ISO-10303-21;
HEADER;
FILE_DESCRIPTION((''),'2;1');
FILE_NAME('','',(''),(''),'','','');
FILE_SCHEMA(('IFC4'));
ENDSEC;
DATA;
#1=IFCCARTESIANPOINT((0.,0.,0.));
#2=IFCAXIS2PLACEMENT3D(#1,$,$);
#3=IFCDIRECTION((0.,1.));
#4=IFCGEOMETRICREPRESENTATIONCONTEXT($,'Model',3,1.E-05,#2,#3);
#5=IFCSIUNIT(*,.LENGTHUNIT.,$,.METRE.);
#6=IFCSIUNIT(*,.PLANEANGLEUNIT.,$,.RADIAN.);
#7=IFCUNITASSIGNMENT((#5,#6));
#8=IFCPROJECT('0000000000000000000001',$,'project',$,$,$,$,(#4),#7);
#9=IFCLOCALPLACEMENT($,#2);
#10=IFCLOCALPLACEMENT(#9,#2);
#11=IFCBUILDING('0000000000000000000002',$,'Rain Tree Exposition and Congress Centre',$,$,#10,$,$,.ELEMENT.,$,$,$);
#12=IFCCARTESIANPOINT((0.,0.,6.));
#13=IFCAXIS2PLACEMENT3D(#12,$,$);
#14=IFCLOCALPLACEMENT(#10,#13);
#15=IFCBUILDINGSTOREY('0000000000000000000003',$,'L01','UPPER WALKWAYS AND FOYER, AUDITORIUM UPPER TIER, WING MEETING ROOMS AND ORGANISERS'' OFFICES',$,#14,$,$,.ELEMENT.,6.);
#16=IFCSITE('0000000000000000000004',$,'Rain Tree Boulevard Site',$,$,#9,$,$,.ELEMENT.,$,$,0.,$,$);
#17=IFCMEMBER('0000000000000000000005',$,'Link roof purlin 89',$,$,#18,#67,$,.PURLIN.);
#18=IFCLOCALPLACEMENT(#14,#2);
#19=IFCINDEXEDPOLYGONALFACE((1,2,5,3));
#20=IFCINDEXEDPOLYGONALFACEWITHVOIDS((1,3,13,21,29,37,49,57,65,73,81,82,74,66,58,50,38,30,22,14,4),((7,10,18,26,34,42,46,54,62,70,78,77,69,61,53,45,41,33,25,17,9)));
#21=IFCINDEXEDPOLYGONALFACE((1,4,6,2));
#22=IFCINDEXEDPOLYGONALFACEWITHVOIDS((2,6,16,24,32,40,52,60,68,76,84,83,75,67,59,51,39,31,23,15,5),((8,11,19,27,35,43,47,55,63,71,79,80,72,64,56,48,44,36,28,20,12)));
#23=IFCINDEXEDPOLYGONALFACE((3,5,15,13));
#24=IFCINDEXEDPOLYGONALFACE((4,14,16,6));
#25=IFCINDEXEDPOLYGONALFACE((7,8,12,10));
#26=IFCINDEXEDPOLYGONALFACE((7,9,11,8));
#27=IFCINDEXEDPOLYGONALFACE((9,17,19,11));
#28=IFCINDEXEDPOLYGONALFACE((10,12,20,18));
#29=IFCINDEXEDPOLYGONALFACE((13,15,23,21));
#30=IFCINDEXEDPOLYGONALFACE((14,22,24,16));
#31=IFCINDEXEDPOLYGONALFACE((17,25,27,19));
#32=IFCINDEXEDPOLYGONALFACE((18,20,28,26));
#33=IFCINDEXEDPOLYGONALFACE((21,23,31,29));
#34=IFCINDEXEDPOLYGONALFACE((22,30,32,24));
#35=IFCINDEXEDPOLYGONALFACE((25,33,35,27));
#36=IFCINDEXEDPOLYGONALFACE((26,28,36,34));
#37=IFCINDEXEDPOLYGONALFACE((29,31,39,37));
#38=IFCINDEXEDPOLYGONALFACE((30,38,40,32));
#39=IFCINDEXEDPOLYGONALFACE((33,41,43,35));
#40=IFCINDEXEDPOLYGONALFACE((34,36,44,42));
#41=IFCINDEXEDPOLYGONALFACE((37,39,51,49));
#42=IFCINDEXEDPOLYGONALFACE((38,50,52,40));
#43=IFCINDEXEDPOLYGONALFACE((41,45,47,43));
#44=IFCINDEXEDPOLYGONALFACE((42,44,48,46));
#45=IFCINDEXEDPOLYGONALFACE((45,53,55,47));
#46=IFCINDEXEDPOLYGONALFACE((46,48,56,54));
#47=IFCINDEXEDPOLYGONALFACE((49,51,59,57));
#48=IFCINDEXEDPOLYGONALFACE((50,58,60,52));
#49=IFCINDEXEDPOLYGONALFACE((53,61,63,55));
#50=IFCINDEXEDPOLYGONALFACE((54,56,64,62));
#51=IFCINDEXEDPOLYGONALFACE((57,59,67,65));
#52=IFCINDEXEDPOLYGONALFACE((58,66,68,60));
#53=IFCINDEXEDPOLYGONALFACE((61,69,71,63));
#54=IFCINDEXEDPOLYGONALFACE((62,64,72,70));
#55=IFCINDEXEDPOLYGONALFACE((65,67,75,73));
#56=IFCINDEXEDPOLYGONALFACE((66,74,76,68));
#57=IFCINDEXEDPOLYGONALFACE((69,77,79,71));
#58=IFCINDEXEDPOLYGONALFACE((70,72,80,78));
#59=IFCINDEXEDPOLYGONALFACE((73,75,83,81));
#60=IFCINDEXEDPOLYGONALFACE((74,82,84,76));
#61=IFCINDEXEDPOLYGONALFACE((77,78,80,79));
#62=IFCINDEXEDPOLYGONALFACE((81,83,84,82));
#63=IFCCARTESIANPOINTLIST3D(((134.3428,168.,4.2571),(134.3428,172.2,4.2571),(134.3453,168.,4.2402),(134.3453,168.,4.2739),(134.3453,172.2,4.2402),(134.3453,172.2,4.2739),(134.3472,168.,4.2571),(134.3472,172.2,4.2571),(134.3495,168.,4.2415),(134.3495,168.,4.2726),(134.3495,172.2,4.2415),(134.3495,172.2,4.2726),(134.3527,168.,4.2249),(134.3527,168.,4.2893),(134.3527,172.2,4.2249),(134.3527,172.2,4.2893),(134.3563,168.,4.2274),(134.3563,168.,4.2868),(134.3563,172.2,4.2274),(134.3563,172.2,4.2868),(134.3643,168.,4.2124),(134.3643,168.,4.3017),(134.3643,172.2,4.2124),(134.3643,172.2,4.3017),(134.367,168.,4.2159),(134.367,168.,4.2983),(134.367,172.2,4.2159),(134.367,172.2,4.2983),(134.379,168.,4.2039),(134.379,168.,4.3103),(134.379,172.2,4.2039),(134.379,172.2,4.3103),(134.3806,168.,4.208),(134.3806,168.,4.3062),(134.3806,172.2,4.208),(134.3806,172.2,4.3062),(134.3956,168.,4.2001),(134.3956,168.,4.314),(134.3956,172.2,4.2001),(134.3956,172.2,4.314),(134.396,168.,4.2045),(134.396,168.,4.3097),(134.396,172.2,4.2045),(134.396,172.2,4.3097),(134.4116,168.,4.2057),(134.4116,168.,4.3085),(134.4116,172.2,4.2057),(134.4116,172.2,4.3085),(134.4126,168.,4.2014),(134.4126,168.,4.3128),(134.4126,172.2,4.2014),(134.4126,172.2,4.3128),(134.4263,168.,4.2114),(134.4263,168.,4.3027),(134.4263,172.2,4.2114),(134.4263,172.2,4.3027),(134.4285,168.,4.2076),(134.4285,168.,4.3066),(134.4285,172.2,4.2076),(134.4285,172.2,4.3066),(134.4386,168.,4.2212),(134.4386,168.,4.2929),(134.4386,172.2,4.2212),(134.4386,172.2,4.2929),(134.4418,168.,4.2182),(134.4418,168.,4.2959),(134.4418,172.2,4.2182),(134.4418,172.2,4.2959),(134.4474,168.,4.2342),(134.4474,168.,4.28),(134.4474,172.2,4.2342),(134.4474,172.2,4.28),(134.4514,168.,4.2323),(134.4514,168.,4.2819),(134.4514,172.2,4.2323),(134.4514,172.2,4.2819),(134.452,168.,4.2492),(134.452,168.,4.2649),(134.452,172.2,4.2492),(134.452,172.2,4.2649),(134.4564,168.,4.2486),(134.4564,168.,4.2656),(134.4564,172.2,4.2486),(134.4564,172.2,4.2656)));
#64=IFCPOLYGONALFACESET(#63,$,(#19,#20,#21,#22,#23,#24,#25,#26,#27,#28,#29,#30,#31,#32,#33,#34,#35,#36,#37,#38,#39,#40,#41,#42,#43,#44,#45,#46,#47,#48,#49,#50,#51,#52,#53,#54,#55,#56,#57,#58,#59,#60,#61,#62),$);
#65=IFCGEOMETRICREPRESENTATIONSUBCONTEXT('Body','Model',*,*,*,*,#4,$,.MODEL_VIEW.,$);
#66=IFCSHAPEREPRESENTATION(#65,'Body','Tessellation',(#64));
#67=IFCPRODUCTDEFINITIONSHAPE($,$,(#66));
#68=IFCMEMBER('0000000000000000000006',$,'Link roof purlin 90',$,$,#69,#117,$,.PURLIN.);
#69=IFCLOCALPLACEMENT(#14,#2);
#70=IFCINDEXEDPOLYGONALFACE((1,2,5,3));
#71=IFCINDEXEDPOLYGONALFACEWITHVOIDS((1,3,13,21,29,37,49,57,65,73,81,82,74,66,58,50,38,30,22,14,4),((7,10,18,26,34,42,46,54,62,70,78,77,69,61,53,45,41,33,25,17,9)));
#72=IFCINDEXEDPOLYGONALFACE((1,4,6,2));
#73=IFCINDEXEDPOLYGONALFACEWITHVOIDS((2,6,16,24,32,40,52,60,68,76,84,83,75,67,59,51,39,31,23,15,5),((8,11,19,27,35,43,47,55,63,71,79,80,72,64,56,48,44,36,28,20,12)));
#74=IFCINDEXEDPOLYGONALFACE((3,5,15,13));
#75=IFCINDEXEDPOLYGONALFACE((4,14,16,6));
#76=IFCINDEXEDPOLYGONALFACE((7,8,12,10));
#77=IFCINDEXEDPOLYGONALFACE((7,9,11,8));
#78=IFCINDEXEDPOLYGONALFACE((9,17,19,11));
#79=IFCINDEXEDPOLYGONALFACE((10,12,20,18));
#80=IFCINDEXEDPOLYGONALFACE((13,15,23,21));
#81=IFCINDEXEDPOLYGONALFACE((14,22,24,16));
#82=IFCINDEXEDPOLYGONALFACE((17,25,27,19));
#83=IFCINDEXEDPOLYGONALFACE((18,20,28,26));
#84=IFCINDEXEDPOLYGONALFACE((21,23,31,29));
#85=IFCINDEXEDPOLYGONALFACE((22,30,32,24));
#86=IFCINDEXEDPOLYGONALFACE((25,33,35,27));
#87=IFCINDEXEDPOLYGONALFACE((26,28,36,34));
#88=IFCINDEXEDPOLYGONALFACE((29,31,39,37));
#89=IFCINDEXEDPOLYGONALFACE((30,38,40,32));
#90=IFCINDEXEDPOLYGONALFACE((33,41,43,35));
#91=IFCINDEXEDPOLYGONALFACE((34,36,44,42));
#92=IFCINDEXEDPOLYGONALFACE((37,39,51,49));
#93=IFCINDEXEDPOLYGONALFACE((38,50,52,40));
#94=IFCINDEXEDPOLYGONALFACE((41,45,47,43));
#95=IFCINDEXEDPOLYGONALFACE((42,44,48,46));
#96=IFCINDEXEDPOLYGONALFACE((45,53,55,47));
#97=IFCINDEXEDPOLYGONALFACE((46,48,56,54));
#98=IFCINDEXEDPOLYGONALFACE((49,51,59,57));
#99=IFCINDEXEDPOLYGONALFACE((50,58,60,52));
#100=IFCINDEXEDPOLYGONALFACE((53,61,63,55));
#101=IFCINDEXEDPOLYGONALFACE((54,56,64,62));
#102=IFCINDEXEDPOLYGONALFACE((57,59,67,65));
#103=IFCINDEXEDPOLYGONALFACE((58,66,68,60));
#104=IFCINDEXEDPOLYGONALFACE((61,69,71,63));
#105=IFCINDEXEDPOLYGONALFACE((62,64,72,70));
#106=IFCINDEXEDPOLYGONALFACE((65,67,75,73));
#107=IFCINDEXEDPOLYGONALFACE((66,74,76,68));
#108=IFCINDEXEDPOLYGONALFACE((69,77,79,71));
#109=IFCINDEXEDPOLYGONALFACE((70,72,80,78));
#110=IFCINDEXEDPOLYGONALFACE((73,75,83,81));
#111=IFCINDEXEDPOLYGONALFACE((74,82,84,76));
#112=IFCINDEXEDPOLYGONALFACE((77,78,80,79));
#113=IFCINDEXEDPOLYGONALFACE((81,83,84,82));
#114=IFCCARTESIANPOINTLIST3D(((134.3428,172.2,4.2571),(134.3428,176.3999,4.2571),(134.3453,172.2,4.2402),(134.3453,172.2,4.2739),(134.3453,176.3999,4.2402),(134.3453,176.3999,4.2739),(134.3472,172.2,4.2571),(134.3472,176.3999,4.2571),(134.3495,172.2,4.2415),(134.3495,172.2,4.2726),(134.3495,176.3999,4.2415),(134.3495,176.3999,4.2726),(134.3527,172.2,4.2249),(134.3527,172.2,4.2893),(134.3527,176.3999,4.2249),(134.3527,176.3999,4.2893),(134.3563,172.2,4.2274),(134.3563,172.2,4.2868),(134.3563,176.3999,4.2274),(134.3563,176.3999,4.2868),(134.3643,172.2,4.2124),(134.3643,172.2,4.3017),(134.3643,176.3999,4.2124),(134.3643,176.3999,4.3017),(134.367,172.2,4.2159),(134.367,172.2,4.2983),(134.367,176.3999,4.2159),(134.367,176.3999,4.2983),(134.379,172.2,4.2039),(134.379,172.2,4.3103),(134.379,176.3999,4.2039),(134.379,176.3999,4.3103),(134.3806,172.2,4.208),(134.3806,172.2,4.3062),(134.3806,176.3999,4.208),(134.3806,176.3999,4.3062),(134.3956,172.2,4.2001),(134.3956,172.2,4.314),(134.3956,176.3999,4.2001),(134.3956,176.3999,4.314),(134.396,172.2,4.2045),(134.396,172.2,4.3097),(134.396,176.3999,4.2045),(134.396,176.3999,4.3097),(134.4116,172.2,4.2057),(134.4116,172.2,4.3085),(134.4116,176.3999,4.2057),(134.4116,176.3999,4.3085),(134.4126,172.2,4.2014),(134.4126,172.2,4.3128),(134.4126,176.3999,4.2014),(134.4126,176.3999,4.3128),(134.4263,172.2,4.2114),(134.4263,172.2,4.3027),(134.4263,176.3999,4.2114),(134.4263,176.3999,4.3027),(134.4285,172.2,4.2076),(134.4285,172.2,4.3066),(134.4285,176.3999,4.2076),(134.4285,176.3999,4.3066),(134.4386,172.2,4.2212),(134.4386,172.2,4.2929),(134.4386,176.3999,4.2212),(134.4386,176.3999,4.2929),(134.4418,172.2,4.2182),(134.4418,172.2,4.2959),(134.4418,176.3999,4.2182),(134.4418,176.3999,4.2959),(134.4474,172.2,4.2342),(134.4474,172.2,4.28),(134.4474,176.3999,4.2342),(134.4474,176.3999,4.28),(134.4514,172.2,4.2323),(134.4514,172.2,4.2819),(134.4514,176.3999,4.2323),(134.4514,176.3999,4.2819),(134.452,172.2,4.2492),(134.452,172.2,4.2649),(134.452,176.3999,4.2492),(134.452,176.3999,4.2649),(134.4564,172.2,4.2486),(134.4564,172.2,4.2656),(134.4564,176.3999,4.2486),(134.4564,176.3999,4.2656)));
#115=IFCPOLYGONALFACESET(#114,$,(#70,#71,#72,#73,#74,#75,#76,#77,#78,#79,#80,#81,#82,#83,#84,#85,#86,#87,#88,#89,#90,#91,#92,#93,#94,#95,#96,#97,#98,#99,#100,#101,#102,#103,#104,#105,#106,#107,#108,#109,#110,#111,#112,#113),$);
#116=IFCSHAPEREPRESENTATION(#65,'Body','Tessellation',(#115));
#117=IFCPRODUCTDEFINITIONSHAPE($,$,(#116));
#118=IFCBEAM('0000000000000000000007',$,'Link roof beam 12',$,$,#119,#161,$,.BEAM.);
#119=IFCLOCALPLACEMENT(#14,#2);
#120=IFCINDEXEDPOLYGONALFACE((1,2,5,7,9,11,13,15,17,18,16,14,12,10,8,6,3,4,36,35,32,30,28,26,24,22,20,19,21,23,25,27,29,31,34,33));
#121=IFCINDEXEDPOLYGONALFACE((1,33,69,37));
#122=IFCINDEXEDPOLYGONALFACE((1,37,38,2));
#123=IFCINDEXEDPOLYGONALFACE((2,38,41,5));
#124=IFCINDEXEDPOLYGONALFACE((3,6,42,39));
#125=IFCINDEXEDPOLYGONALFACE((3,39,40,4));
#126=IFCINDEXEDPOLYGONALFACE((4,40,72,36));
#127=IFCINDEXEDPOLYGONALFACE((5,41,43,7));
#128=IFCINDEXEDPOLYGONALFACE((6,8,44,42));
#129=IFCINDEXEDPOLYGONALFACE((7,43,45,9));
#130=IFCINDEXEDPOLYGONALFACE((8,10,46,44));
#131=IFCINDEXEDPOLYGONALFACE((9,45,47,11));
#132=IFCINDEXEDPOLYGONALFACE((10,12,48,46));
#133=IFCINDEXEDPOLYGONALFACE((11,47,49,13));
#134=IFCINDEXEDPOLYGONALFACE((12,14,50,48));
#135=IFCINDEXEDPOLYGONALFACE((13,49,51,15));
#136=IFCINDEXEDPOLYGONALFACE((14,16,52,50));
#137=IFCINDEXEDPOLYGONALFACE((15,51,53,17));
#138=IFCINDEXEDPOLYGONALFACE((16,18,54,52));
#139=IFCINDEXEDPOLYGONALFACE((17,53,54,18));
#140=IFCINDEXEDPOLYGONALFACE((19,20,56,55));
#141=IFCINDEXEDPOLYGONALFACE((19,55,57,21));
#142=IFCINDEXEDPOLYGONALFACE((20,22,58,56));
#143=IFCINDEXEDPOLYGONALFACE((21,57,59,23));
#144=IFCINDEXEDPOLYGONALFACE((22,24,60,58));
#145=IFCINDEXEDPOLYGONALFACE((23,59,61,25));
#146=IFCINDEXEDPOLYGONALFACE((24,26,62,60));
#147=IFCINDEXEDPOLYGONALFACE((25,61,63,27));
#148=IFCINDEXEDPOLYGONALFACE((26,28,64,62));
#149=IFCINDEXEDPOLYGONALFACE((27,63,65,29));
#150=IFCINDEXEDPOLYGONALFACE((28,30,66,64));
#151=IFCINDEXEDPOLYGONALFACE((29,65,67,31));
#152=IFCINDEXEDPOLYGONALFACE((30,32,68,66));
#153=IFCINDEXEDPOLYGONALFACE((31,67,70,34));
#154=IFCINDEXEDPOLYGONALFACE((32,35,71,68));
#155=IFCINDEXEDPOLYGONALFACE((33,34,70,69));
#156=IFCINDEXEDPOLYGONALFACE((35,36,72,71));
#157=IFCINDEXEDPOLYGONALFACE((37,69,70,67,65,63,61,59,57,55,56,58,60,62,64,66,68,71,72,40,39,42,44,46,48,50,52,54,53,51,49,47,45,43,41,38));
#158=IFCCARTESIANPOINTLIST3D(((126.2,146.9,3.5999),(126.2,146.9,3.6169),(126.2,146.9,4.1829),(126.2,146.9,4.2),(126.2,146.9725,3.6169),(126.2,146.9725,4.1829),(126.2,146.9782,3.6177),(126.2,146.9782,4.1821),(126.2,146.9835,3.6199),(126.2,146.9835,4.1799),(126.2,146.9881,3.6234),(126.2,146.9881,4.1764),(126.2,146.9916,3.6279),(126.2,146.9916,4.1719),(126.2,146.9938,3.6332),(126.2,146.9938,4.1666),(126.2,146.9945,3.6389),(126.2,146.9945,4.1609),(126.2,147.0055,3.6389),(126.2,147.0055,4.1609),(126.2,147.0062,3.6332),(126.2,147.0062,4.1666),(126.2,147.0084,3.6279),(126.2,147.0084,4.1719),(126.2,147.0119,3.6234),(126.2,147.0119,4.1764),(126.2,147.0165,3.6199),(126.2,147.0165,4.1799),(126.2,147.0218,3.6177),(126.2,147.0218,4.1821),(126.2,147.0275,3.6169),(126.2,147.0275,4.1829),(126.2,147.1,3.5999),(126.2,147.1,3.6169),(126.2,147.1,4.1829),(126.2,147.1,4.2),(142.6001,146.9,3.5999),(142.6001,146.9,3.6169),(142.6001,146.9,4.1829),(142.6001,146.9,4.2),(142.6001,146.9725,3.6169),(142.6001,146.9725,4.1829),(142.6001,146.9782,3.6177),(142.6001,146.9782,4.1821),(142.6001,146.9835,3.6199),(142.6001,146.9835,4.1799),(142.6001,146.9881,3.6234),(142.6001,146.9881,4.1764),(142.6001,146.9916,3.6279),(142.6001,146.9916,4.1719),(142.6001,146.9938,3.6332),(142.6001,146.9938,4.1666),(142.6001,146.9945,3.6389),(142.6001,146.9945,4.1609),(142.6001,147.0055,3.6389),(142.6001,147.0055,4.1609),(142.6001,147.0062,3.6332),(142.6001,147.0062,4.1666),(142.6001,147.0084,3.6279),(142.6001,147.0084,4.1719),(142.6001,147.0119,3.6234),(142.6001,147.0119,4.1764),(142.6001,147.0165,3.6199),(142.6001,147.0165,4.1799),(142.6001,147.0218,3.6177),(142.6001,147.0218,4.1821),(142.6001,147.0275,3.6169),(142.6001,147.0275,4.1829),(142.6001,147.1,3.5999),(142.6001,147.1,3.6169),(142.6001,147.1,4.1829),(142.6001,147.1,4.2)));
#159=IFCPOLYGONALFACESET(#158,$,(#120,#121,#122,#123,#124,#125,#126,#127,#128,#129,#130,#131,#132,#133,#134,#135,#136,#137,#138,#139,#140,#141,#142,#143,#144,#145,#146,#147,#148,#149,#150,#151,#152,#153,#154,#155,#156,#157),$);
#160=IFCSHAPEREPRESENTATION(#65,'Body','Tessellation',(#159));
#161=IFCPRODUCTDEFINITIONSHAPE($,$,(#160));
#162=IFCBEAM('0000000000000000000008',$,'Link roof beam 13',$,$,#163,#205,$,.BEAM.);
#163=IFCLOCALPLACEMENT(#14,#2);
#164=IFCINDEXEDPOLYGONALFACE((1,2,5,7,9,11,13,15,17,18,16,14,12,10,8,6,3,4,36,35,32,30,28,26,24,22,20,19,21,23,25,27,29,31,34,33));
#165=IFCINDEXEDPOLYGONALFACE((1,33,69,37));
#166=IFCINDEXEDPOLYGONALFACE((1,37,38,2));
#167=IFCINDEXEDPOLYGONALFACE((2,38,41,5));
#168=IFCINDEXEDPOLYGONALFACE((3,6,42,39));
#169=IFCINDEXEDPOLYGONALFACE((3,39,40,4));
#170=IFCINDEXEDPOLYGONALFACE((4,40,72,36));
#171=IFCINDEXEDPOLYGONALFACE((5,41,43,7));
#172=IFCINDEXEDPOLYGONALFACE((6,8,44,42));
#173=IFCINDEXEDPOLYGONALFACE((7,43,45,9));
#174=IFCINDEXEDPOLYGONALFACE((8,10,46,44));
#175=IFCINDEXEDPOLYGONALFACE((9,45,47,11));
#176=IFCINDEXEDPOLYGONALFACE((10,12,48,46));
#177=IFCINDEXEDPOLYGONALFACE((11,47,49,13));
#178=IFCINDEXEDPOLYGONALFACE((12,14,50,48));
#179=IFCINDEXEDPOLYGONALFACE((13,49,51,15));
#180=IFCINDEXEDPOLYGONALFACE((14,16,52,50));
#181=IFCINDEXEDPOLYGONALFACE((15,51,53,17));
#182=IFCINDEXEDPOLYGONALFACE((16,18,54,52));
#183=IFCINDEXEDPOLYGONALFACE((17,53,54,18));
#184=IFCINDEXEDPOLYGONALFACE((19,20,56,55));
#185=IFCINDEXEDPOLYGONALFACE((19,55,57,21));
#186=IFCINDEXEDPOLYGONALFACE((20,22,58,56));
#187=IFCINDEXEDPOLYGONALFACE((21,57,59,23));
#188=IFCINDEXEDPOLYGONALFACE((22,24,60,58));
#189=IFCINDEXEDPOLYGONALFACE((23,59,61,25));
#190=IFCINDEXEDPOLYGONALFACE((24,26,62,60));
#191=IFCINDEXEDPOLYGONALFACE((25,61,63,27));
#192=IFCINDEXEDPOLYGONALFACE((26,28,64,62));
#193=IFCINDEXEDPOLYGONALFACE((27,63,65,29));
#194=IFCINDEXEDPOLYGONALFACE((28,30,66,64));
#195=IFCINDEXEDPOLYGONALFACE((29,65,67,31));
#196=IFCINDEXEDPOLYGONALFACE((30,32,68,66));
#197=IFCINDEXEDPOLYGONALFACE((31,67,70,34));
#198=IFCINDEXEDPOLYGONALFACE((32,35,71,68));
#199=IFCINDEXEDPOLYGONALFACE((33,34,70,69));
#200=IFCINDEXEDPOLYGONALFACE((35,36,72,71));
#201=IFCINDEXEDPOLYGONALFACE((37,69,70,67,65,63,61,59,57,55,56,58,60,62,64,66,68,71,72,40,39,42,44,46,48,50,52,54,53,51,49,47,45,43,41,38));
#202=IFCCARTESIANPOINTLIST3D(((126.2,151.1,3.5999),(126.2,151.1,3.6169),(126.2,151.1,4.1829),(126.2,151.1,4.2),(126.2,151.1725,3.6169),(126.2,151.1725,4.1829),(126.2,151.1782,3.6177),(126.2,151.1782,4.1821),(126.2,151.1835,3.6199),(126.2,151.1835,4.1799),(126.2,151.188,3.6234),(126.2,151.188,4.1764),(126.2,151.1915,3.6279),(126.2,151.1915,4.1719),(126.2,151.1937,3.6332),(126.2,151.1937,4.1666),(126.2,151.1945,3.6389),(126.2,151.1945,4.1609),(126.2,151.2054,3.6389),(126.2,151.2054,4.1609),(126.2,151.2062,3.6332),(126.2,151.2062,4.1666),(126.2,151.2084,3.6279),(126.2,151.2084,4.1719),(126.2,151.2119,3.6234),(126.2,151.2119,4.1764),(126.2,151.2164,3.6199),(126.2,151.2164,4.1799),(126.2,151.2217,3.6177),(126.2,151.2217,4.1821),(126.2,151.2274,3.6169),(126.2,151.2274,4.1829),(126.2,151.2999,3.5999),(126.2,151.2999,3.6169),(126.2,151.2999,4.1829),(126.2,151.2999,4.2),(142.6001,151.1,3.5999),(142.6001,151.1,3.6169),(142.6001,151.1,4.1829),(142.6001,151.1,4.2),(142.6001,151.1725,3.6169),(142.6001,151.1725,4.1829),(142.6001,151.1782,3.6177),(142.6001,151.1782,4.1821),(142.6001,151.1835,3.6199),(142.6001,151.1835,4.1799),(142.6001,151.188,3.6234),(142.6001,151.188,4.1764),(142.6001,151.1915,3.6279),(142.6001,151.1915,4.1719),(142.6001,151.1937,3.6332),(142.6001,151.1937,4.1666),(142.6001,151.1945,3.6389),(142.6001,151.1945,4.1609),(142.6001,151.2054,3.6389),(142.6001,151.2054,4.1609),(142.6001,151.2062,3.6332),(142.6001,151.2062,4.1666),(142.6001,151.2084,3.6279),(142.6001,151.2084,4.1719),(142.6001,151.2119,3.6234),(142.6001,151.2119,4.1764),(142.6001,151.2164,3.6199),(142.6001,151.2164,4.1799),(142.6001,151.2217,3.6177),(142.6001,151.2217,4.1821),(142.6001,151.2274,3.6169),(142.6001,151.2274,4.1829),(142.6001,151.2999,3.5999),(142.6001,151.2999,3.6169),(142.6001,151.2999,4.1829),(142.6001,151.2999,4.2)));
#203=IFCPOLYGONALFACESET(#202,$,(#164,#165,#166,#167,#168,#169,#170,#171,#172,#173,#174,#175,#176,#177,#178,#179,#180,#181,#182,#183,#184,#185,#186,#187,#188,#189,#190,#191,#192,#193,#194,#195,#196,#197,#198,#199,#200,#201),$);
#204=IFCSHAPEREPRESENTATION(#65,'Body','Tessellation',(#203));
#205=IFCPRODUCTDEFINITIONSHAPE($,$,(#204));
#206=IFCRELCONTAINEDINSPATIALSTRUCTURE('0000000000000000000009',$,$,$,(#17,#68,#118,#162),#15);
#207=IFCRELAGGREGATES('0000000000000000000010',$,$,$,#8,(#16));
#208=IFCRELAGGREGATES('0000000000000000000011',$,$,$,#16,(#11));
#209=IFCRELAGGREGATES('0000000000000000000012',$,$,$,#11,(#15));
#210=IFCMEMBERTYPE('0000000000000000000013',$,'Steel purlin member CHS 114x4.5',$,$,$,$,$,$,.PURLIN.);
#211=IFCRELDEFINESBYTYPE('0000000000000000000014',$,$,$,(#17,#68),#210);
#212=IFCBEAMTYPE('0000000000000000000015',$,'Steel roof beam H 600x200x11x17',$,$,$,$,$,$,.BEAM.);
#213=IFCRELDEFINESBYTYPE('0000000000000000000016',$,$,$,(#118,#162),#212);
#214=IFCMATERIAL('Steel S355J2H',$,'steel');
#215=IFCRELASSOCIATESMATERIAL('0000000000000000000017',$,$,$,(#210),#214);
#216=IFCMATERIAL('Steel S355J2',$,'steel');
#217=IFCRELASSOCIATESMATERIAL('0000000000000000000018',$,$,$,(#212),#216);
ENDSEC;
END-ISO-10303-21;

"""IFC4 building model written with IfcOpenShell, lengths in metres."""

from ifc_helpers import new_model, si_unit, direction, frame, origin, origin_2d, place, context, subcontext, project, spatial, hollow_circle, i_section, extrude, material, material_profile, profile_set, type_object, element, save


model = new_model("IFC4")

# Units and contexts
model_context = context("Model", 3, precision=1e-05, world=origin(), true_north=direction((0.0, 1.0)))
body_context = subcontext(model_context, "Body", "Model", "MODEL_VIEW")
ifc_project = project(units=[si_unit("LENGTHUNIT", "METRE"), si_unit("PLANEANGLEUNIT", "RADIAN")], contexts=[model_context])

# Site, building, storey
site_placement = place(None, origin())
site = spatial("IfcSite", under=ifc_project, at=site_placement, Name="Rain Tree Boulevard Site", CompositionType="ELEMENT", RefElevation=0.0)
building_placement = place(site_placement, origin())
building = spatial("IfcBuilding", under=site, at=building_placement, Name="Rain Tree Exposition and Congress Centre", CompositionType="ELEMENT")
storey_placement = place(building_placement, frame((0.0, 0.0, 6.0)))
storey = spatial("IfcBuildingStorey", under=building, at=storey_placement, Name="L01", Description="UPPER WALKWAYS AND FOYER, AUDITORIUM UPPER TIER, WING MEETING ROOMS AND ORGANISERS' OFFICES", CompositionType="ELEMENT", Elevation=6.0)

# Members
ifc_material_1 = material(Name="Steel S355J2H", Category="steel")
ifc_material_profile_1 = material_profile(ifc_material_1, hollow_circle(Radius=0.0571, WallThickness=0.0044, at=origin_2d()), Name="CHS 114x4.5")
ifc_profile_set_1 = profile_set([ifc_material_profile_1], Name="Steel S355J2H")
member_type = type_object("IfcMemberType", Name="Steel purlin member CHS 114x4.5", PredefinedType="PURLIN", material=ifc_profile_set_1)
for number, where, z_axis, x_axis, name in (
    (1, (134.3999, 168.0, 4.2571), (0.0, 1.0, 0.0), (-1.0, 0.0, 0.0), "Link roof purlin 89"),
    (2, (134.3999, 172.2, 4.2571), (0.0, 1.0, 0.0), (-1.0, 0.0, 0.0), "Link roof purlin 90"),
):
    element("IfcMember", number, at=place(storey_placement, frame(where, z_axis=z_axis, x_axis=x_axis)), inside=storey, type_object=member_type, Name=name, PredefinedType="PURLIN", context=body_context, shape_type="SweptSolid", body=[
        extrude(hollow_circle(Radius=0.0571, WallThickness=0.0044, at=origin_2d()), origin(), (0.0, 0.0, 1.0), 4.2),
    ])

# Beams
ifc_material_2 = material(Name="Steel S355J2", Category="steel")
ifc_material_profile_2 = material_profile(ifc_material_2, i_section(OverallWidth=0.2, OverallDepth=0.6001, WebThickness=0.011, FlangeThickness=0.0171, FilletRadius=0.022, at=origin_2d()), Name="H 600x200x11x17")
ifc_profile_set_2 = profile_set([ifc_material_profile_2], Name="Steel S355J2")
beam_type = type_object("IfcBeamType", Name="Steel roof beam H 600x200x11x17", PredefinedType="BEAM", material=ifc_profile_set_2)
for number, where, z_axis, x_axis, name in (
    (3, (126.2, 147.0, 3.8999), (1.0, 0.0, 0.0), (0.0, 1.0, 0.0), "Link roof beam 12"),
    (4, (126.2, 151.2, 3.8999), (1.0, 0.0, 0.0), (0.0, 1.0, 0.0), "Link roof beam 13"),
):
    element("IfcBeam", number, at=place(storey_placement, frame(where, z_axis=z_axis, x_axis=x_axis)), inside=storey, type_object=beam_type, Name=name, PredefinedType="BEAM", context=body_context, shape_type="SweptSolid", body=[
        extrude(i_section(OverallWidth=0.2, OverallDepth=0.6001, WebThickness=0.011, FlangeThickness=0.0171, FilletRadius=0.022, at=origin_2d()), origin(), (0.0, 0.0, 1.0), 16.4001),
    ])

save(model, "model.ifc")
